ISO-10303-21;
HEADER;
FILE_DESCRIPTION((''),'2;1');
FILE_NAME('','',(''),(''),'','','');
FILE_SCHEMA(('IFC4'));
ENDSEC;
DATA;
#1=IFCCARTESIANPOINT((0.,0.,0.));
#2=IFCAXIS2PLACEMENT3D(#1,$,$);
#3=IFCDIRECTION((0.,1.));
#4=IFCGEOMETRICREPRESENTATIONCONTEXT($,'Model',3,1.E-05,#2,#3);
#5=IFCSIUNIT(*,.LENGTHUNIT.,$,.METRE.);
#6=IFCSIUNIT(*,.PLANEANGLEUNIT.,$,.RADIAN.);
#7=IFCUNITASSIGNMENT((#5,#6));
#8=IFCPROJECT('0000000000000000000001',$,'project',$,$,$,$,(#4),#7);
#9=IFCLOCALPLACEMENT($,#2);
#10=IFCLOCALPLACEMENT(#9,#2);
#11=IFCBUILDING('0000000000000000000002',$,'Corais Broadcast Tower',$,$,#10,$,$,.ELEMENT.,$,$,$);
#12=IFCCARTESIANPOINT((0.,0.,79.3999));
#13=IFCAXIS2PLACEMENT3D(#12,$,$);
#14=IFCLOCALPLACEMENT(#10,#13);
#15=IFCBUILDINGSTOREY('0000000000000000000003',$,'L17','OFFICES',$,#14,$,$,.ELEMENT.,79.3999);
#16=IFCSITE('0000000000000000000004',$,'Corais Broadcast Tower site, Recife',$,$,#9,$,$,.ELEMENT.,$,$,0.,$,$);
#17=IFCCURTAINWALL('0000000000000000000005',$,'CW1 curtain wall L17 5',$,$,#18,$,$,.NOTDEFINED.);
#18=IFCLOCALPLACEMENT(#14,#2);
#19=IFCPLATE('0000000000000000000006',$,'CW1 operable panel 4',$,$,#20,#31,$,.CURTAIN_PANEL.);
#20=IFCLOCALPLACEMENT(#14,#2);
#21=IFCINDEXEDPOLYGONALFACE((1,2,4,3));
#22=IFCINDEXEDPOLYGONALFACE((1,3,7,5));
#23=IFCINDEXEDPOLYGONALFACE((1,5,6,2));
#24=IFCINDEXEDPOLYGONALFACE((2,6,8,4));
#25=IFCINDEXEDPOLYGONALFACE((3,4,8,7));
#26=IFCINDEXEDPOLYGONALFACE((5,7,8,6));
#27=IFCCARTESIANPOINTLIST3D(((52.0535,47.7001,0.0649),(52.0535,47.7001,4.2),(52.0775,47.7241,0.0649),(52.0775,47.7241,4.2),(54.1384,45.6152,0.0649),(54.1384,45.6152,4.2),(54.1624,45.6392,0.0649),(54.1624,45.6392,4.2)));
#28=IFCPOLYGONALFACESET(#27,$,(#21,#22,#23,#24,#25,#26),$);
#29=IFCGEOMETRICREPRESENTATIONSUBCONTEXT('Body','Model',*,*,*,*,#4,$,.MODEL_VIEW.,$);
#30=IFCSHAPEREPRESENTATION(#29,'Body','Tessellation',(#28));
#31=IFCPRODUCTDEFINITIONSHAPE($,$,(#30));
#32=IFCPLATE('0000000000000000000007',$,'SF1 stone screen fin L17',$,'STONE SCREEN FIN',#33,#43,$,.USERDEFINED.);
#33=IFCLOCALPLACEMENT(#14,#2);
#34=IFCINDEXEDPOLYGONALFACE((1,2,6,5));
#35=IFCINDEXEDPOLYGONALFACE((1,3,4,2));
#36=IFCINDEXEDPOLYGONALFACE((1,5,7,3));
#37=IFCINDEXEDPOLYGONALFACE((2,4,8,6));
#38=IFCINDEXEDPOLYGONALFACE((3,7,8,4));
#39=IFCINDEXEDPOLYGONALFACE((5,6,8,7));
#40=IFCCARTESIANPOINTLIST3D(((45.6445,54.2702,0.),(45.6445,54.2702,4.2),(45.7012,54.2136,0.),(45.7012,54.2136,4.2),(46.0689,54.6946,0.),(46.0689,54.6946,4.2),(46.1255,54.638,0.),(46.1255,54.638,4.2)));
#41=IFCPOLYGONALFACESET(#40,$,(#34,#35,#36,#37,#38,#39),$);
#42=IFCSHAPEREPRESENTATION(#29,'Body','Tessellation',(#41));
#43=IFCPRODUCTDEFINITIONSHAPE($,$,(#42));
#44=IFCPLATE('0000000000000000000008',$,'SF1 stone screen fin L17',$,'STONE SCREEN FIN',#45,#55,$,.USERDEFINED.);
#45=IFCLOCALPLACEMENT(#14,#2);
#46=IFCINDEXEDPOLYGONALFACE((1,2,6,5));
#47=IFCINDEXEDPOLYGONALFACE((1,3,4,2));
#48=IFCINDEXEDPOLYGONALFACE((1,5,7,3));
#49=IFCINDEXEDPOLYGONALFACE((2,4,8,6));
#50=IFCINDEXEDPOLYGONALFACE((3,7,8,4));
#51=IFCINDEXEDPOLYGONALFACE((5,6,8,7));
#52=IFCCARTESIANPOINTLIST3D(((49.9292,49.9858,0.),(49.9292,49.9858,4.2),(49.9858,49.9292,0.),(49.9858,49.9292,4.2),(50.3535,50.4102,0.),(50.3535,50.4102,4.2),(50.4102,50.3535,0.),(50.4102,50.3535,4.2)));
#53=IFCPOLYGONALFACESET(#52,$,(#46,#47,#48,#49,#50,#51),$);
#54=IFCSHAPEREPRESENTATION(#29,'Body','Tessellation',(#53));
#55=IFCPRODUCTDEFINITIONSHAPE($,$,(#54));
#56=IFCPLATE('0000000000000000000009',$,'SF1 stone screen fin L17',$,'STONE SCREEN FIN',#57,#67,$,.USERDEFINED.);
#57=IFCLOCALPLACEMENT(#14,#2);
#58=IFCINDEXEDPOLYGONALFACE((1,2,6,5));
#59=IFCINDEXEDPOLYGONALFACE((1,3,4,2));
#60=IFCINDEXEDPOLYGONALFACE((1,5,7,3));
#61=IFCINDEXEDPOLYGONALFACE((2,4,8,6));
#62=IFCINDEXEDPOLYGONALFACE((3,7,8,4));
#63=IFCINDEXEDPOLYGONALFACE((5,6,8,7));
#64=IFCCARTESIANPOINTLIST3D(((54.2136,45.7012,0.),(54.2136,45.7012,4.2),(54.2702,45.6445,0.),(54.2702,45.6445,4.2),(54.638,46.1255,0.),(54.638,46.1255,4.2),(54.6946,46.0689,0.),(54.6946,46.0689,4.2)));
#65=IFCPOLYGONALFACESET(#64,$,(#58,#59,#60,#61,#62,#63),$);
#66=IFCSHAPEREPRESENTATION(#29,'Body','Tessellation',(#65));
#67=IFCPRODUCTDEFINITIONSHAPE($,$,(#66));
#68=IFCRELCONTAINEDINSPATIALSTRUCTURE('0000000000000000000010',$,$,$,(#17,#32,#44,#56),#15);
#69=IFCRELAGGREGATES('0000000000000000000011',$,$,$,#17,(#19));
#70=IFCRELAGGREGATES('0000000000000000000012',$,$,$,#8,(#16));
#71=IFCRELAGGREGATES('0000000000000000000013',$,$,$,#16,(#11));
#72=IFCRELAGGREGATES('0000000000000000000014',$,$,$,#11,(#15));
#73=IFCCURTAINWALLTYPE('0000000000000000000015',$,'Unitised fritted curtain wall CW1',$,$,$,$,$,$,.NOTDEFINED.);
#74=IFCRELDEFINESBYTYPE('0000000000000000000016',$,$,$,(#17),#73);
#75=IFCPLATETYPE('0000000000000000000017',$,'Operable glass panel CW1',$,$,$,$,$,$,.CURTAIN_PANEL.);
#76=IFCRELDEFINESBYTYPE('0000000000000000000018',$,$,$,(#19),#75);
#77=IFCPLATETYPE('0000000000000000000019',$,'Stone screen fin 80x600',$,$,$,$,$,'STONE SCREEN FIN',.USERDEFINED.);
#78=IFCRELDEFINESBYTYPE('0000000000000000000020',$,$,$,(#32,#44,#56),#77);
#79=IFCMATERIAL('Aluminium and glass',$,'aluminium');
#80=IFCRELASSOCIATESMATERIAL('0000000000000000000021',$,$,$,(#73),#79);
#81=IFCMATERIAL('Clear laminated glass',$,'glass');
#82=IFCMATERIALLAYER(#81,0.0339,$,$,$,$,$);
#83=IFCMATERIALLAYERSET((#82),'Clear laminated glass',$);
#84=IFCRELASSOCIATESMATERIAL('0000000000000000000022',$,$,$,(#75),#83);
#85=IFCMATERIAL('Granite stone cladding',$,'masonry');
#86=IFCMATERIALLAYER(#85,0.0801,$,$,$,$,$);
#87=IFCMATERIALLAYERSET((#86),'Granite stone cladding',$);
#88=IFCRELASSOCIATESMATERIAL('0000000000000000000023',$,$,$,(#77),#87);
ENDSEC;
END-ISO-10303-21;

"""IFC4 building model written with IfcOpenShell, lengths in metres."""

from ifc_helpers import new_model, si_unit, direction, frame, origin, origin_2d, place, context, subcontext, project, spatial, rectangle, extrude, material, layer, layer_set, type_object, element, aggregate, save


model = new_model("IFC4")

# Units and contexts
model_context = context("Model", 3, precision=1e-05, world=origin(), true_north=direction((0.0, 1.0)))
body_context = subcontext(model_context, "Body", "Model", "MODEL_VIEW")
ifc_project = project(units=[si_unit("LENGTHUNIT", "METRE"), si_unit("PLANEANGLEUNIT", "RADIAN")], contexts=[model_context])

# Site, building, storey
site_placement = place(None, origin())
site = spatial("IfcSite", under=ifc_project, at=site_placement, Name="Corais Broadcast Tower site, Recife", CompositionType="ELEMENT", RefElevation=0.0)
building_placement = place(site_placement, origin())
building = spatial("IfcBuilding", under=site, at=building_placement, Name="Corais Broadcast Tower", CompositionType="ELEMENT")
storey_placement = place(building_placement, frame((0.0, 0.0, 79.3999)))
storey = spatial("IfcBuildingStorey", under=building, at=storey_placement, Name="L17", Description="OFFICES", CompositionType="ELEMENT", Elevation=79.3999)

# Shared definitions
ifc_material_1 = material(Name="Aluminium and glass", Category="aluminium")
curtain_wall_type = type_object("IfcCurtainWallType", Name="Unitised fritted curtain wall CW1", PredefinedType="NOTDEFINED", material=ifc_material_1)

# Curtain wall
curtain_wall_1_placement = place(storey_placement, origin())
curtain_wall_1 = element("IfcCurtainWall", 1, at=curtain_wall_1_placement, inside=storey, type_object=curtain_wall_type, Name="CW1 curtain wall L17 5", PredefinedType="NOTDEFINED")

# Plate
ifc_material_2 = material(Name="Clear laminated glass", Category="glass")
ifc_layer_1 = layer(ifc_material_2, 0.0339)
ifc_layer_set_1 = layer_set([ifc_layer_1], Name="Clear laminated glass")
plate_type_1 = type_object("IfcPlateType", Name="Operable glass panel CW1", PredefinedType="CURTAIN_PANEL", material=ifc_layer_set_1)
plate_1_placement = place(storey_placement, frame((53.1079, 46.6697, 0.0649), z_axis=(0.0, 0.0, 1.0), x_axis=(0.707107, -0.707107, 0.0)))
plate_1 = element("IfcPlate", 2, at=plate_1_placement, type_object=plate_type_1, Name="CW1 operable panel 4", PredefinedType="CURTAIN_PANEL", context=body_context, shape_type="SweptSolid", body=[
    extrude(rectangle(XDim=2.9485, YDim=0.0339, at=origin_2d()), origin(), (0.0, 0.0, 1.0), 4.135),
])
aggregate(curtain_wall_1, [plate_1])

# Plates
ifc_material_3 = material(Name="Granite stone cladding", Category="masonry")
ifc_layer_2 = layer(ifc_material_3, 0.0801)
ifc_layer_set_2 = layer_set([ifc_layer_2], Name="Granite stone cladding")
plate_type_2 = type_object("IfcPlateType", Name="Stone screen fin 80x600", ElementType="STONE SCREEN FIN", PredefinedType="USERDEFINED", material=ifc_layer_set_2)
for number, where, z_axis, x_axis, name in (
    (3, (45.885, 54.4541, 0.0), (0.0, 0.0, 1.0), (0.707107, -0.707107, 0.0), "SF1 stone screen fin L17"),
    (4, (50.1697, 50.1697, 0.0), (0.0, 0.0, 1.0), (0.707107, -0.707107, 0.0), "SF1 stone screen fin L17"),
    (5, (54.4541, 45.885, 0.0), (0.0, 0.0, 1.0), (0.707107, -0.707107, 0.0), "SF1 stone screen fin L17"),
):
    element("IfcPlate", number, at=place(storey_placement, frame(where, z_axis=z_axis, x_axis=x_axis)), inside=storey, type_object=plate_type_2, Name=name, ObjectType="STONE SCREEN FIN", PredefinedType="USERDEFINED", context=body_context, shape_type="SweptSolid", body=[
        extrude(rectangle(XDim=0.0801, YDim=0.6001, at=origin_2d()), origin(), (0.0, 0.0, 1.0), 4.2),
    ])

save(model, "model.ifc")
